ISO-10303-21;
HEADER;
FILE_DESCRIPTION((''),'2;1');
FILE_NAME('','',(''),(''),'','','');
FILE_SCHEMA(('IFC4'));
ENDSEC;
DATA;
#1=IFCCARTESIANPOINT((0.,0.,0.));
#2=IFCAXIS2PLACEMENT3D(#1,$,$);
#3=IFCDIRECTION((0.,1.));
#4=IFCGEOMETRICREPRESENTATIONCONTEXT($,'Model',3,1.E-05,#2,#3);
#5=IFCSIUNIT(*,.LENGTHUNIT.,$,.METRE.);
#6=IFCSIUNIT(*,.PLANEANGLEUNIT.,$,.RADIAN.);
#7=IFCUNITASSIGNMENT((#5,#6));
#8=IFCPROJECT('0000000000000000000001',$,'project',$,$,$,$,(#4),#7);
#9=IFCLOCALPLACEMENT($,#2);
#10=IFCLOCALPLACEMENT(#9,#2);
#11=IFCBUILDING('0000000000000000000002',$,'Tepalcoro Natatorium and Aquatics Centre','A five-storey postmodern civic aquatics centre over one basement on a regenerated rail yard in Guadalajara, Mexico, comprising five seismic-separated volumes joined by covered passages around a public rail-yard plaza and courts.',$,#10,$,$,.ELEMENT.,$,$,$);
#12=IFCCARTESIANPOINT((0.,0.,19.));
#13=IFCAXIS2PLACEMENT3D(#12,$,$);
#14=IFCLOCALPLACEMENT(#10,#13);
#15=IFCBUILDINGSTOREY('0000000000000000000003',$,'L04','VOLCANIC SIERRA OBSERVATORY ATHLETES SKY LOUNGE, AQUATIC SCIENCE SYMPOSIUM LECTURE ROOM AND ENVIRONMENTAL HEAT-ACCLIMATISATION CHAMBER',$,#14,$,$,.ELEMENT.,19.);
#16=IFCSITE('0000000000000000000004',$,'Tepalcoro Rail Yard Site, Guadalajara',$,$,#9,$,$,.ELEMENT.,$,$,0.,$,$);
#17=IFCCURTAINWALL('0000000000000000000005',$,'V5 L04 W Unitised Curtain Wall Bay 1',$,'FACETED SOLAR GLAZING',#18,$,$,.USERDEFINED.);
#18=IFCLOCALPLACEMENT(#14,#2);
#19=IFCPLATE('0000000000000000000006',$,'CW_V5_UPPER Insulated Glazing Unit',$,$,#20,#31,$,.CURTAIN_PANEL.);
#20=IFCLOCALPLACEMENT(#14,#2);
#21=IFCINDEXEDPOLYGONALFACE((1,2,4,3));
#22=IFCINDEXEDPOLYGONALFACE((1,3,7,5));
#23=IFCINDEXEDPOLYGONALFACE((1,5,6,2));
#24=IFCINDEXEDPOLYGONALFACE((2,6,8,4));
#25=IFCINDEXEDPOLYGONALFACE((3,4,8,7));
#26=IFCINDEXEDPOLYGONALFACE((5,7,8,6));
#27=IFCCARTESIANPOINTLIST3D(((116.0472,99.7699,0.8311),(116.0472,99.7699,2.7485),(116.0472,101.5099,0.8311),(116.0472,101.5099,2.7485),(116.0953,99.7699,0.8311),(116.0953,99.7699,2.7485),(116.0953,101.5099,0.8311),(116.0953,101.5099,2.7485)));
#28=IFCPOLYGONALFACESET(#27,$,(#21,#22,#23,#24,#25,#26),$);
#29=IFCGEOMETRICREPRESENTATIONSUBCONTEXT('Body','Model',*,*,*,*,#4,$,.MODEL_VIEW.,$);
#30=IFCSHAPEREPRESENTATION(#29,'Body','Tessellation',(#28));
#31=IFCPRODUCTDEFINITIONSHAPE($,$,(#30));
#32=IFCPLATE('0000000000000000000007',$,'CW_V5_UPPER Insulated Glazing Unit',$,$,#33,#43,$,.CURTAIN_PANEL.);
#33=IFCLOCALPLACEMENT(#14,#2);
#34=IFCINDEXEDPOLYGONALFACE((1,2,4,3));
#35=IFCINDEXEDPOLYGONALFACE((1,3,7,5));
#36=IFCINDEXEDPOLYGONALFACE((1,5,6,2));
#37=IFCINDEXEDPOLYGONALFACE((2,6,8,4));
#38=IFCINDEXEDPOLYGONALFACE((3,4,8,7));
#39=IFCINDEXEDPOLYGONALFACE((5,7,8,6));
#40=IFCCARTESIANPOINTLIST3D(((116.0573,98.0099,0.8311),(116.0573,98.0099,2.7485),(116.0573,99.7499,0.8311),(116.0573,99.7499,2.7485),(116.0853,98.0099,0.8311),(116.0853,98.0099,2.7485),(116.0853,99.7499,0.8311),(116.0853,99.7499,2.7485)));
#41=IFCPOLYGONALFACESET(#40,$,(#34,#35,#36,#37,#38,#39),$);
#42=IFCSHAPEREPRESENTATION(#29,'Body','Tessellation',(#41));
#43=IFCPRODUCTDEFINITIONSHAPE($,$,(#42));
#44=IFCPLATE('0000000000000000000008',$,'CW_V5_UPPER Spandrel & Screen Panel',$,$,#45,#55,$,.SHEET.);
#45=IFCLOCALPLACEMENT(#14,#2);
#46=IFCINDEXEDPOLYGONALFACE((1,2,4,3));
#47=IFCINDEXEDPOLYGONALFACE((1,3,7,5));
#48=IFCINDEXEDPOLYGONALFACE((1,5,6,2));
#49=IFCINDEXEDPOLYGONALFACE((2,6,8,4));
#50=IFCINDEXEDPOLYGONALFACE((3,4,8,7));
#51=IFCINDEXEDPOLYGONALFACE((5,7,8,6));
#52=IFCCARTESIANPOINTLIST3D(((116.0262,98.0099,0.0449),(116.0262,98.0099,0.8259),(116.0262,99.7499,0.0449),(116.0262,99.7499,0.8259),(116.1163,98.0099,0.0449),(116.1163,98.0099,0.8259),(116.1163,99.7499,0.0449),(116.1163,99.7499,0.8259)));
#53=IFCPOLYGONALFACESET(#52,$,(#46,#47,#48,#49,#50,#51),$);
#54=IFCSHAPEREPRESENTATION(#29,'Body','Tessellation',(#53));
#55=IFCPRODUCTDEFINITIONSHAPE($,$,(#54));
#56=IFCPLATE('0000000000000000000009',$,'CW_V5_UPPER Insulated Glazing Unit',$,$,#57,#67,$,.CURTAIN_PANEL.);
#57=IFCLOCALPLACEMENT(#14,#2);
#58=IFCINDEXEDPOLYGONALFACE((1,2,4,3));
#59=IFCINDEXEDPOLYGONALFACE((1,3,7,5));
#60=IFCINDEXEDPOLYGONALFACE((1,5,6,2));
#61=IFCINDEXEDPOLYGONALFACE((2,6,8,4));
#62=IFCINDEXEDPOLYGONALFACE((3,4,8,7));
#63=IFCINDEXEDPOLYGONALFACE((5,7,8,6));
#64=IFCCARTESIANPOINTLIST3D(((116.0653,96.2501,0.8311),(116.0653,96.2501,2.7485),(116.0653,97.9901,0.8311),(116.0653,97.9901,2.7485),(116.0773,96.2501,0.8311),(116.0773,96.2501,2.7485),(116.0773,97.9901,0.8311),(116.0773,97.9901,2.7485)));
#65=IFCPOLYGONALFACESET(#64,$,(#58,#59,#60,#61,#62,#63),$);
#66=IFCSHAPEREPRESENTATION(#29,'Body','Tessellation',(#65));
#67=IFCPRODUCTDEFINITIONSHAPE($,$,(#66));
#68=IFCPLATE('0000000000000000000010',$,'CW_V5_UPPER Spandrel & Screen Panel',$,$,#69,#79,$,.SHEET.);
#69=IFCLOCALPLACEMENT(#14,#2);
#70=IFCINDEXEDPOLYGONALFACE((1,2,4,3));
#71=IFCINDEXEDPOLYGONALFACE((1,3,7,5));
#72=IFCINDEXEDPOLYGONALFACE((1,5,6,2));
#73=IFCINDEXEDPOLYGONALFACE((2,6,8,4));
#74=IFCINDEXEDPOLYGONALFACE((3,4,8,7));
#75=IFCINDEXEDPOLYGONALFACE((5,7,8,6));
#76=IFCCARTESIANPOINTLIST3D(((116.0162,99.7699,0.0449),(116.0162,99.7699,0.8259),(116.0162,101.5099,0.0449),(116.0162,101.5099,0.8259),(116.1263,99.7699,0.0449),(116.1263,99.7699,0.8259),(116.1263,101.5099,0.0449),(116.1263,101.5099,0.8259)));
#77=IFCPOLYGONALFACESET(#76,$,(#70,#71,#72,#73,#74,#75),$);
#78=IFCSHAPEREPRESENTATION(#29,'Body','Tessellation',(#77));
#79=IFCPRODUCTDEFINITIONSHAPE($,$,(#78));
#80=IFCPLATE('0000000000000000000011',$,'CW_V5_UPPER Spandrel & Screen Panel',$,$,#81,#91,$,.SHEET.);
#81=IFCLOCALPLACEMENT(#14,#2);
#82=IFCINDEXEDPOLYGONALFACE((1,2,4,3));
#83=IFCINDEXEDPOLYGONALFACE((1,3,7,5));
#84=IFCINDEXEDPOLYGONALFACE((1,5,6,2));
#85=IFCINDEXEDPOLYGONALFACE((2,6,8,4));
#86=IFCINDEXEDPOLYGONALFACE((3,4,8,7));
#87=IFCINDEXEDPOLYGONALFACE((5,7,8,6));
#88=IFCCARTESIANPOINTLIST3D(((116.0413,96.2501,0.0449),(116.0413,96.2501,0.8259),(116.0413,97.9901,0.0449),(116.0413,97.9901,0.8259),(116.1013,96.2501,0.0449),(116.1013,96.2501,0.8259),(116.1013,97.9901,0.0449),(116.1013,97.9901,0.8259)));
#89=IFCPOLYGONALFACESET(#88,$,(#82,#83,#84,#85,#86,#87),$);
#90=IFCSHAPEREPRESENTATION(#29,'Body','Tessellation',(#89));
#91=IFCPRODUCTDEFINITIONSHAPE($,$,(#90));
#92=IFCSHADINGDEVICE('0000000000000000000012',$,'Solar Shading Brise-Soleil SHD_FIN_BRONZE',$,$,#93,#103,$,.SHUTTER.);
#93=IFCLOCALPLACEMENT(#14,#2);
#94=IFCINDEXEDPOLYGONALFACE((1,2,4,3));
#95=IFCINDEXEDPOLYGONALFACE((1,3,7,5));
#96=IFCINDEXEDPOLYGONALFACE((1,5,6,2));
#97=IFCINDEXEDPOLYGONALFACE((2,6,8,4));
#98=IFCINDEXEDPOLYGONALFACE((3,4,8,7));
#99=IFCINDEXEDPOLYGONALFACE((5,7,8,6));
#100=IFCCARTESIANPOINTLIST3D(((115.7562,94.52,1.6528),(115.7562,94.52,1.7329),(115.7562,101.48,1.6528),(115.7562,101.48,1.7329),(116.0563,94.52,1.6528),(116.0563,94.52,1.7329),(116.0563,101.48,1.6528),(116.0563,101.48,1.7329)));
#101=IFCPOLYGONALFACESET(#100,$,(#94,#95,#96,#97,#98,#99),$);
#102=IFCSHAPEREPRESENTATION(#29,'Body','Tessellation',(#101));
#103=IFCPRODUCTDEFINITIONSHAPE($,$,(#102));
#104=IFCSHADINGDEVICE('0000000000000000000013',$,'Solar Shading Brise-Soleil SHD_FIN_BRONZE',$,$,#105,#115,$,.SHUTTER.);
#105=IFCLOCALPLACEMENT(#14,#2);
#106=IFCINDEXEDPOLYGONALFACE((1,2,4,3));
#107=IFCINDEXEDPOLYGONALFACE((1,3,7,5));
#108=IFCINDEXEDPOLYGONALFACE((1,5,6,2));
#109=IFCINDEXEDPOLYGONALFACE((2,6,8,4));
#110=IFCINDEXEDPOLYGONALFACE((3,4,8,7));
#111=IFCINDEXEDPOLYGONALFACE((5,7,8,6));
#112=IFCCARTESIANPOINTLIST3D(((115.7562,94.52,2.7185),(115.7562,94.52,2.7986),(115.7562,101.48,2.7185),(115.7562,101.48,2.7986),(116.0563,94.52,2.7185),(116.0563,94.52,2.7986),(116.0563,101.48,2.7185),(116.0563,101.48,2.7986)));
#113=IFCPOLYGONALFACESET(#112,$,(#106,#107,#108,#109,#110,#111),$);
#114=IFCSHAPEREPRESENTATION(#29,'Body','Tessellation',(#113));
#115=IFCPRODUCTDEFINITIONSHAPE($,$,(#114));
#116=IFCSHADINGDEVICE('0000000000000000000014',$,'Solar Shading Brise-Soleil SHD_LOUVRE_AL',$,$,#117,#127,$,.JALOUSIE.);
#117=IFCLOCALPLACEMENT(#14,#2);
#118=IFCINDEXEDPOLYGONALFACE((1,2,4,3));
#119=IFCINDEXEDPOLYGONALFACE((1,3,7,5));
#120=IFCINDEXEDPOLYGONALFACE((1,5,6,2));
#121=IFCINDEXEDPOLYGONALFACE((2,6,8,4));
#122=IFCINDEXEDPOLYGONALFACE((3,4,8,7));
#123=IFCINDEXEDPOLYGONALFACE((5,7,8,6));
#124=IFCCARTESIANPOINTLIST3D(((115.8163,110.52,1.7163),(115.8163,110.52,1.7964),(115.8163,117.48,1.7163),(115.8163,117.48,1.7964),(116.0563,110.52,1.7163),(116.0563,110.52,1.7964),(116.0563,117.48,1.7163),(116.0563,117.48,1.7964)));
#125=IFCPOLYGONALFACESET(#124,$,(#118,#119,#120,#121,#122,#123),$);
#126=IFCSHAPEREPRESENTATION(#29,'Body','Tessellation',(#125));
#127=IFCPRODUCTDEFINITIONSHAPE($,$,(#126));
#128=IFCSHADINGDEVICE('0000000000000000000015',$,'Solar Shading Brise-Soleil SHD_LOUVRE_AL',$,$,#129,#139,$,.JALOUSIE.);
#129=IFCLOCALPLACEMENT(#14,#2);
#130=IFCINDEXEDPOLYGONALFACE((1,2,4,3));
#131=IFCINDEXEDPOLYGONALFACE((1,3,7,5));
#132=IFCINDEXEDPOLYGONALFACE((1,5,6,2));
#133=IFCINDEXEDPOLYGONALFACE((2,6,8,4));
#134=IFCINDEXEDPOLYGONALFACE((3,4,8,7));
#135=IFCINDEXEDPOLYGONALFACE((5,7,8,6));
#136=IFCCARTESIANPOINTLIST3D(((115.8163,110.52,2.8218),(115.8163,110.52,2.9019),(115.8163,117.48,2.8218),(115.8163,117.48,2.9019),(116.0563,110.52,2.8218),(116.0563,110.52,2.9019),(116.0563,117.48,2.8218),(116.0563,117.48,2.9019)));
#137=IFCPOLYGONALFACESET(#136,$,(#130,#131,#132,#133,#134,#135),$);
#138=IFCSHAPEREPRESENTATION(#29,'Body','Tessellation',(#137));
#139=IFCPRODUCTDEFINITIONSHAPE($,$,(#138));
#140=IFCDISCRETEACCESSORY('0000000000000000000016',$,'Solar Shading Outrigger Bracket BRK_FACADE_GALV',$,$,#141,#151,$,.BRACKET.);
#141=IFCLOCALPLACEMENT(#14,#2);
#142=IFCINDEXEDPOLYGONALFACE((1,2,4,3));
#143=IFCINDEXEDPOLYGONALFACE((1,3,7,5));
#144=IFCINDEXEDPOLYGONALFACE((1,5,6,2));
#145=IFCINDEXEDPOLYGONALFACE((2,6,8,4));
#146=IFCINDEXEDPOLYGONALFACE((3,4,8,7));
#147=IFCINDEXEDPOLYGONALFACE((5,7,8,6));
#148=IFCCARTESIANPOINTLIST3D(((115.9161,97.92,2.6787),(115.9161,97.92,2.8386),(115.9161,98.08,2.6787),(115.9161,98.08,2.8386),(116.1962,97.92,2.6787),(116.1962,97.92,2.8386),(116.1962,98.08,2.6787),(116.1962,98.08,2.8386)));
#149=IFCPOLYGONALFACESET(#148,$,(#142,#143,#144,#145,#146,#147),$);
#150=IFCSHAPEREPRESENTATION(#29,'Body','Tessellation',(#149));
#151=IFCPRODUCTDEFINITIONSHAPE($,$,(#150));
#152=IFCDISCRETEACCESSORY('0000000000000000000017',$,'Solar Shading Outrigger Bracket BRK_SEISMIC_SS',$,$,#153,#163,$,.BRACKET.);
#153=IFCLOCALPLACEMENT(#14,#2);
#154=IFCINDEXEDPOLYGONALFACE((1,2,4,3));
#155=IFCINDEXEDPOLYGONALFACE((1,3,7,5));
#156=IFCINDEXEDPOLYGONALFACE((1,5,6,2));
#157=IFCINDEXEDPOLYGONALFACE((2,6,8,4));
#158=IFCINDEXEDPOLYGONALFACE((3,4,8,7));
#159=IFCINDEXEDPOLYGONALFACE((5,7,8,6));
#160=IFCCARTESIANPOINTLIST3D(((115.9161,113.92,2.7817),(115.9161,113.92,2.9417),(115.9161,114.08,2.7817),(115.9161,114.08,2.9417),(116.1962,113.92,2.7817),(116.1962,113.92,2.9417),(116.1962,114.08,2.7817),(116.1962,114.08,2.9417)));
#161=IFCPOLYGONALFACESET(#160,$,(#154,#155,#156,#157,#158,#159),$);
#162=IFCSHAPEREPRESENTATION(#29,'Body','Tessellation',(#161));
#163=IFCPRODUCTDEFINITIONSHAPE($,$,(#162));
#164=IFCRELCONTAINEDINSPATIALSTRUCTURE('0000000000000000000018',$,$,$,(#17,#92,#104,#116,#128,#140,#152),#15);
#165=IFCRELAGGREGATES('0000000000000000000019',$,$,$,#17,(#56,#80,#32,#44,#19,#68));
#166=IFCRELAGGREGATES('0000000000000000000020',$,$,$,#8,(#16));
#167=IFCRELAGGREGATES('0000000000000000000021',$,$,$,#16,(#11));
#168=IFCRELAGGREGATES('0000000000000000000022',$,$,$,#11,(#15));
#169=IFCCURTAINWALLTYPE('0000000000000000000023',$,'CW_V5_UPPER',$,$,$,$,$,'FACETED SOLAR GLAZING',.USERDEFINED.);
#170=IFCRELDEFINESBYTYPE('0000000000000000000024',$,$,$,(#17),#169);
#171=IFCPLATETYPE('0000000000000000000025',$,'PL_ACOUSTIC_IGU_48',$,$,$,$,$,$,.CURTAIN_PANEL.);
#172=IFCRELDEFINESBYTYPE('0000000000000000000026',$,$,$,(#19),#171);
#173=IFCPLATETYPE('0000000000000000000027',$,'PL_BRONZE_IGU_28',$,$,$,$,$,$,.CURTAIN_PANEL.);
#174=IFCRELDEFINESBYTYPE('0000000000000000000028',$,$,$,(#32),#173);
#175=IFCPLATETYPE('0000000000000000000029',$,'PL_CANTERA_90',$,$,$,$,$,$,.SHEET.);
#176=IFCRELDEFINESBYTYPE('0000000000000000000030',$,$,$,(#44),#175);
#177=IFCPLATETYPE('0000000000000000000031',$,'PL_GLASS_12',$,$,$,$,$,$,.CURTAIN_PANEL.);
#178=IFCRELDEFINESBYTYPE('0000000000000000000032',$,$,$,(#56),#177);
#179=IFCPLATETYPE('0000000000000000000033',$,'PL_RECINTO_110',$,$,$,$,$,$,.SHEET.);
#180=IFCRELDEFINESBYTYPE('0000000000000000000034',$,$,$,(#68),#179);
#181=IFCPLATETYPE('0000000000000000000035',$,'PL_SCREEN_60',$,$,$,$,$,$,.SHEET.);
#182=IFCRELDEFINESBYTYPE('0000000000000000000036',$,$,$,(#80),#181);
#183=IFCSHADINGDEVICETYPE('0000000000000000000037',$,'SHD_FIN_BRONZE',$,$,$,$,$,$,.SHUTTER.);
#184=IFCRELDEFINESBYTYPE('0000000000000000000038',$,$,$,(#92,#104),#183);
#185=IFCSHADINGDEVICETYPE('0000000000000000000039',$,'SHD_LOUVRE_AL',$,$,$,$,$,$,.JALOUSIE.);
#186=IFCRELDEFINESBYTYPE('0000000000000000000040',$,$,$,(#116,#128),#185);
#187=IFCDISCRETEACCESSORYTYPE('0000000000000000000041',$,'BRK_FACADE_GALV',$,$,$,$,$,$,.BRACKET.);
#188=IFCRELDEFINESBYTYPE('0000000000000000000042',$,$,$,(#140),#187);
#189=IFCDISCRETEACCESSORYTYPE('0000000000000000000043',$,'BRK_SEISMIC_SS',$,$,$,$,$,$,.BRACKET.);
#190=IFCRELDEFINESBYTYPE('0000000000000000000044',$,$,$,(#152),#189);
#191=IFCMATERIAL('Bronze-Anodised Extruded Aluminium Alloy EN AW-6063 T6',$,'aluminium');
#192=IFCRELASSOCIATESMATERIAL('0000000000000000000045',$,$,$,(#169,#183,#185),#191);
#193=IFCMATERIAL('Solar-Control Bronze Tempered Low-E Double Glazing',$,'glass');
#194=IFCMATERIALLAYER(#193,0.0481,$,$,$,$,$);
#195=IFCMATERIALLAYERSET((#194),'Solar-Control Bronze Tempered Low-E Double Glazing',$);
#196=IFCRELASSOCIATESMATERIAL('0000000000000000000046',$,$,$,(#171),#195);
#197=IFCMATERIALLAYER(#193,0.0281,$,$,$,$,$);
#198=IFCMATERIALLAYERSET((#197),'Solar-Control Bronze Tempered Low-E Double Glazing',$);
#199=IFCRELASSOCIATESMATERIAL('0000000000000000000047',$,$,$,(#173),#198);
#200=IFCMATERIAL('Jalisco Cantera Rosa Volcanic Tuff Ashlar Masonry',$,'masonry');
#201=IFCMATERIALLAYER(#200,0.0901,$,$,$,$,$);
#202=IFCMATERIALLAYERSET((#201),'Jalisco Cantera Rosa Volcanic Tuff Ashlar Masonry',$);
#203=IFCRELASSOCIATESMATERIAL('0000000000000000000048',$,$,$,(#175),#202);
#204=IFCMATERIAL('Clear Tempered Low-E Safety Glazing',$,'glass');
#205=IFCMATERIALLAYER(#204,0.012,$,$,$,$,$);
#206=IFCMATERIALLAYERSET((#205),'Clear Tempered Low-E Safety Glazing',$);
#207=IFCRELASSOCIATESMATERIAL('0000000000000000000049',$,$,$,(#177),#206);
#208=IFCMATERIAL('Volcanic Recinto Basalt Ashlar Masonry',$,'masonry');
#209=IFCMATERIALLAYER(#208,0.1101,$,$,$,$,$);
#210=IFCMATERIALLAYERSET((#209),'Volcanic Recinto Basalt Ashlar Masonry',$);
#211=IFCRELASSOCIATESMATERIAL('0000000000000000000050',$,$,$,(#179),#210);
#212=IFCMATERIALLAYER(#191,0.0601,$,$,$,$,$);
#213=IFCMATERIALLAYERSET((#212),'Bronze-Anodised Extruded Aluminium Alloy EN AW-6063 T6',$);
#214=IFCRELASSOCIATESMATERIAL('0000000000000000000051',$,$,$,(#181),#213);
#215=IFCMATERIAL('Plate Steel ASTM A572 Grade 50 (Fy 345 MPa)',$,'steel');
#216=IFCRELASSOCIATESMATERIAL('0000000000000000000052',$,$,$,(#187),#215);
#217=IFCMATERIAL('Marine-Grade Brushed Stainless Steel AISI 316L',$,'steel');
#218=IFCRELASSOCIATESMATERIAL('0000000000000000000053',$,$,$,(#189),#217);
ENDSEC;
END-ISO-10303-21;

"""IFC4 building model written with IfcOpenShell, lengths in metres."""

from ifc_helpers import new_model, si_unit, direction, frame, origin, origin_2d, place, context, subcontext, project, spatial, rectangle, extrude, material, layer, layer_set, type_object, element, aggregate, save


model = new_model("IFC4")

# Units and contexts
model_context = context("Model", 3, precision=1e-05, world=origin(), true_north=direction((0.0, 1.0)))
body_context = subcontext(model_context, "Body", "Model", "MODEL_VIEW")
ifc_project = project(units=[si_unit("LENGTHUNIT", "METRE"), si_unit("PLANEANGLEUNIT", "RADIAN")], contexts=[model_context])

# Site, building, storey
site_placement = place(None, origin())
site = spatial("IfcSite", under=ifc_project, at=site_placement, Name="Tepalcoro Rail Yard Site, Guadalajara", CompositionType="ELEMENT", RefElevation=0.0)
building_placement = place(site_placement, origin())
building = spatial("IfcBuilding", under=site, at=building_placement, Name="Tepalcoro Natatorium and Aquatics Centre", Description="A five-storey postmodern civic aquatics centre over one basement on a regenerated rail yard in Guadalajara, Mexico, comprising five seismic-separated volumes joined by covered passages around a public rail-yard plaza and courts.", CompositionType="ELEMENT")
storey_placement = place(building_placement, frame((0.0, 0.0, 19.0)))
storey = spatial("IfcBuildingStorey", under=building, at=storey_placement, Name="L04", Description="VOLCANIC SIERRA OBSERVATORY ATHLETES SKY LOUNGE, AQUATIC SCIENCE SYMPOSIUM LECTURE ROOM AND ENVIRONMENTAL HEAT-ACCLIMATISATION CHAMBER", CompositionType="ELEMENT", Elevation=19.0)

# Curtain wall
ifc_material_1 = material(Name="Bronze-Anodised Extruded Aluminium Alloy EN AW-6063 T6", Category="aluminium")
curtain_wall_type_1 = type_object("IfcCurtainWallType", Name="CW_V5_UPPER", ElementType="FACETED SOLAR GLAZING", PredefinedType="USERDEFINED", material=ifc_material_1)
curtain_wall_1_placement = place(storey_placement, origin())
curtain_wall_1 = element("IfcCurtainWall", 1, at=curtain_wall_1_placement, inside=storey, type_object=curtain_wall_type_1, Name="V5 L04 W Unitised Curtain Wall Bay 1", ObjectType="FACETED SOLAR GLAZING", PredefinedType="USERDEFINED")

# Plates
ifc_material_2 = material(Name="Solar-Control Bronze Tempered Low-E Double Glazing", Category="glass")
ifc_layer_1 = layer(ifc_material_2, 0.0481)
ifc_layer_set_1 = layer_set([ifc_layer_1], Name="Solar-Control Bronze Tempered Low-E Double Glazing")
plate_type_1 = type_object("IfcPlateType", Name="PL_ACOUSTIC_IGU_48", PredefinedType="CURTAIN_PANEL", material=ifc_layer_set_1)
plate_1_placement = place(storey_placement, frame((116.0713, 100.6399, 0.8311), z_axis=(0.0, 0.0, 1.0), x_axis=(1.0, 0.0, 0.0)))
plate_1 = element("IfcPlate", 2, at=plate_1_placement, type_object=plate_type_1, Name="CW_V5_UPPER Insulated Glazing Unit", PredefinedType="CURTAIN_PANEL", context=body_context, shape_type="SweptSolid", body=[
    extrude(rectangle(XDim=0.0481, YDim=1.74, at=origin_2d()), origin(), (0.0, 0.0, 1.0), 1.9175),
])
ifc_layer_2 = layer(ifc_material_2, 0.0281)
ifc_layer_set_2 = layer_set([ifc_layer_2], Name="Solar-Control Bronze Tempered Low-E Double Glazing")
plate_type_2 = type_object("IfcPlateType", Name="PL_BRONZE_IGU_28", PredefinedType="CURTAIN_PANEL", material=ifc_layer_set_2)
plate_2_placement = place(storey_placement, frame((116.0713, 98.8799, 0.8311), z_axis=(0.0, 0.0, 1.0), x_axis=(1.0, 0.0, 0.0)))
plate_2 = element("IfcPlate", 3, at=plate_2_placement, type_object=plate_type_2, Name="CW_V5_UPPER Insulated Glazing Unit", PredefinedType="CURTAIN_PANEL", context=body_context, shape_type="SweptSolid", body=[
    extrude(rectangle(XDim=0.0281, YDim=1.74, at=origin_2d()), origin(), (0.0, 0.0, 1.0), 1.9175),
])
ifc_material_3 = material(Name="Jalisco Cantera Rosa Volcanic Tuff Ashlar Masonry", Category="masonry")
ifc_layer_3 = layer(ifc_material_3, 0.0901)
ifc_layer_set_3 = layer_set([ifc_layer_3], Name="Jalisco Cantera Rosa Volcanic Tuff Ashlar Masonry")
plate_type_3 = type_object("IfcPlateType", Name="PL_CANTERA_90", PredefinedType="SHEET", material=ifc_layer_set_3)
plate_3_placement = place(storey_placement, frame((116.0713, 98.8799, 0.0449), z_axis=(0.0, 0.0, 1.0), x_axis=(1.0, 0.0, 0.0)))
plate_3 = element("IfcPlate", 4, at=plate_3_placement, type_object=plate_type_3, Name="CW_V5_UPPER Spandrel & Screen Panel", PredefinedType="SHEET", context=body_context, shape_type="SweptSolid", body=[
    extrude(rectangle(XDim=0.0901, YDim=1.74, at=origin_2d()), origin(), (0.0, 0.0, 1.0), 0.781),
])
ifc_material_4 = material(Name="Clear Tempered Low-E Safety Glazing", Category="glass")
ifc_layer_4 = layer(ifc_material_4, 0.012)
ifc_layer_set_4 = layer_set([ifc_layer_4], Name="Clear Tempered Low-E Safety Glazing")
plate_type_4 = type_object("IfcPlateType", Name="PL_GLASS_12", PredefinedType="CURTAIN_PANEL", material=ifc_layer_set_4)
plate_4_placement = place(storey_placement, frame((116.0713, 97.1201, 0.8311), z_axis=(0.0, 0.0, 1.0), x_axis=(1.0, 0.0, 0.0)))
plate_4 = element("IfcPlate", 5, at=plate_4_placement, type_object=plate_type_4, Name="CW_V5_UPPER Insulated Glazing Unit", PredefinedType="CURTAIN_PANEL", context=body_context, shape_type="SweptSolid", body=[
    extrude(rectangle(XDim=0.012, YDim=1.74, at=origin_2d()), origin(), (0.0, 0.0, 1.0), 1.9175),
])
ifc_material_5 = material(Name="Volcanic Recinto Basalt Ashlar Masonry", Category="masonry")
ifc_layer_5 = layer(ifc_material_5, 0.1101)
ifc_layer_set_5 = layer_set([ifc_layer_5], Name="Volcanic Recinto Basalt Ashlar Masonry")
plate_type_5 = type_object("IfcPlateType", Name="PL_RECINTO_110", PredefinedType="SHEET", material=ifc_layer_set_5)
plate_5_placement = place(storey_placement, frame((116.0713, 100.6399, 0.0449), z_axis=(0.0, 0.0, 1.0), x_axis=(1.0, 0.0, 0.0)))
plate_5 = element("IfcPlate", 6, at=plate_5_placement, type_object=plate_type_5, Name="CW_V5_UPPER Spandrel & Screen Panel", PredefinedType="SHEET", context=body_context, shape_type="SweptSolid", body=[
    extrude(rectangle(XDim=0.1101, YDim=1.74, at=origin_2d()), origin(), (0.0, 0.0, 1.0), 0.781),
])
ifc_layer_6 = layer(ifc_material_1, 0.0601)
ifc_layer_set_6 = layer_set([ifc_layer_6], Name="Bronze-Anodised Extruded Aluminium Alloy EN AW-6063 T6")
plate_type_6 = type_object("IfcPlateType", Name="PL_SCREEN_60", PredefinedType="SHEET", material=ifc_layer_set_6)
plate_6_placement = place(storey_placement, frame((116.0713, 97.1201, 0.0449), z_axis=(0.0, 0.0, 1.0), x_axis=(1.0, 0.0, 0.0)))
plate_6 = element("IfcPlate", 7, at=plate_6_placement, type_object=plate_type_6, Name="CW_V5_UPPER Spandrel & Screen Panel", PredefinedType="SHEET", context=body_context, shape_type="SweptSolid", body=[
    extrude(rectangle(XDim=0.0601, YDim=1.74, at=origin_2d()), origin(), (0.0, 0.0, 1.0), 0.781),
])
aggregate(curtain_wall_1, [plate_4, plate_6, plate_2, plate_3, plate_1, plate_5])

# Shading devices
shading_device_type_1 = type_object("IfcShadingDeviceType", Name="SHD_FIN_BRONZE", PredefinedType="SHUTTER", material=ifc_material_1)
for number, where, z_axis, x_axis, name in (
    (8, (115.9062, 98.0, 1.6528), (0.0, 0.0, 1.0), (1.0, 0.0, 0.0), "Solar Shading Brise-Soleil SHD_FIN_BRONZE"),
    (9, (115.9062, 98.0, 2.7185), (0.0, 0.0, 1.0), (1.0, 0.0, 0.0), "Solar Shading Brise-Soleil SHD_FIN_BRONZE"),
):
    element("IfcShadingDevice", number, at=place(storey_placement, frame(where, z_axis=z_axis, x_axis=x_axis)), inside=storey, type_object=shading_device_type_1, Name=name, PredefinedType="SHUTTER", context=body_context, shape_type="SweptSolid", body=[
        extrude(rectangle(XDim=0.3, YDim=6.96, at=origin_2d()), origin(), (0.0, 0.0, 1.0), 0.0801),
    ])
shading_device_type_2 = type_object("IfcShadingDeviceType", Name="SHD_LOUVRE_AL", PredefinedType="JALOUSIE", material=ifc_material_1)
for number, where, z_axis, x_axis, name in (
    (10, (115.9363, 114.0, 1.7163), (0.0, 0.0, 1.0), (1.0, 0.0, 0.0), "Solar Shading Brise-Soleil SHD_LOUVRE_AL"),
    (11, (115.9363, 114.0, 2.8218), (0.0, 0.0, 1.0), (1.0, 0.0, 0.0), "Solar Shading Brise-Soleil SHD_LOUVRE_AL"),
):
    element("IfcShadingDevice", number, at=place(storey_placement, frame(where, z_axis=z_axis, x_axis=x_axis)), inside=storey, type_object=shading_device_type_2, Name=name, PredefinedType="JALOUSIE", context=body_context, shape_type="SweptSolid", body=[
        extrude(rectangle(XDim=0.24, YDim=6.96, at=origin_2d()), origin(), (0.0, 0.0, 1.0), 0.0801),
    ])

# Discrete accessories
ifc_material_6 = material(Name="Plate Steel ASTM A572 Grade 50 (Fy 345 MPa)", Category="steel")
discrete_accessory_type_1 = type_object("IfcDiscreteAccessoryType", Name="BRK_FACADE_GALV", PredefinedType="BRACKET", material=ifc_material_6)
discrete_accessory_1_placement = place(storey_placement, frame((116.0562, 98.0, 2.6787), z_axis=(0.0, 0.0, 1.0), x_axis=(1.0, 0.0, 0.0)))
element("IfcDiscreteAccessory", 12, at=discrete_accessory_1_placement, inside=storey, type_object=discrete_accessory_type_1, Name="Solar Shading Outrigger Bracket BRK_FACADE_GALV", PredefinedType="BRACKET", context=body_context, shape_type="SweptSolid", body=[
    extrude(rectangle(XDim=0.28, YDim=0.1599, at=origin_2d()), origin(), (0.0, 0.0, 1.0), 0.1599),
])
ifc_material_7 = material(Name="Marine-Grade Brushed Stainless Steel AISI 316L", Category="steel")
discrete_accessory_type_2 = type_object("IfcDiscreteAccessoryType", Name="BRK_SEISMIC_SS", PredefinedType="BRACKET", material=ifc_material_7)
discrete_accessory_2_placement = place(storey_placement, frame((116.0562, 114.0, 2.7817), z_axis=(0.0, 0.0, 1.0), x_axis=(1.0, 0.0, 0.0)))
element("IfcDiscreteAccessory", 13, at=discrete_accessory_2_placement, inside=storey, type_object=discrete_accessory_type_2, Name="Solar Shading Outrigger Bracket BRK_SEISMIC_SS", PredefinedType="BRACKET", context=body_context, shape_type="SweptSolid", body=[
    extrude(rectangle(XDim=0.28, YDim=0.1599, at=origin_2d()), origin(), (0.0, 0.0, 1.0), 0.1599),
])

save(model, "model.ifc")
